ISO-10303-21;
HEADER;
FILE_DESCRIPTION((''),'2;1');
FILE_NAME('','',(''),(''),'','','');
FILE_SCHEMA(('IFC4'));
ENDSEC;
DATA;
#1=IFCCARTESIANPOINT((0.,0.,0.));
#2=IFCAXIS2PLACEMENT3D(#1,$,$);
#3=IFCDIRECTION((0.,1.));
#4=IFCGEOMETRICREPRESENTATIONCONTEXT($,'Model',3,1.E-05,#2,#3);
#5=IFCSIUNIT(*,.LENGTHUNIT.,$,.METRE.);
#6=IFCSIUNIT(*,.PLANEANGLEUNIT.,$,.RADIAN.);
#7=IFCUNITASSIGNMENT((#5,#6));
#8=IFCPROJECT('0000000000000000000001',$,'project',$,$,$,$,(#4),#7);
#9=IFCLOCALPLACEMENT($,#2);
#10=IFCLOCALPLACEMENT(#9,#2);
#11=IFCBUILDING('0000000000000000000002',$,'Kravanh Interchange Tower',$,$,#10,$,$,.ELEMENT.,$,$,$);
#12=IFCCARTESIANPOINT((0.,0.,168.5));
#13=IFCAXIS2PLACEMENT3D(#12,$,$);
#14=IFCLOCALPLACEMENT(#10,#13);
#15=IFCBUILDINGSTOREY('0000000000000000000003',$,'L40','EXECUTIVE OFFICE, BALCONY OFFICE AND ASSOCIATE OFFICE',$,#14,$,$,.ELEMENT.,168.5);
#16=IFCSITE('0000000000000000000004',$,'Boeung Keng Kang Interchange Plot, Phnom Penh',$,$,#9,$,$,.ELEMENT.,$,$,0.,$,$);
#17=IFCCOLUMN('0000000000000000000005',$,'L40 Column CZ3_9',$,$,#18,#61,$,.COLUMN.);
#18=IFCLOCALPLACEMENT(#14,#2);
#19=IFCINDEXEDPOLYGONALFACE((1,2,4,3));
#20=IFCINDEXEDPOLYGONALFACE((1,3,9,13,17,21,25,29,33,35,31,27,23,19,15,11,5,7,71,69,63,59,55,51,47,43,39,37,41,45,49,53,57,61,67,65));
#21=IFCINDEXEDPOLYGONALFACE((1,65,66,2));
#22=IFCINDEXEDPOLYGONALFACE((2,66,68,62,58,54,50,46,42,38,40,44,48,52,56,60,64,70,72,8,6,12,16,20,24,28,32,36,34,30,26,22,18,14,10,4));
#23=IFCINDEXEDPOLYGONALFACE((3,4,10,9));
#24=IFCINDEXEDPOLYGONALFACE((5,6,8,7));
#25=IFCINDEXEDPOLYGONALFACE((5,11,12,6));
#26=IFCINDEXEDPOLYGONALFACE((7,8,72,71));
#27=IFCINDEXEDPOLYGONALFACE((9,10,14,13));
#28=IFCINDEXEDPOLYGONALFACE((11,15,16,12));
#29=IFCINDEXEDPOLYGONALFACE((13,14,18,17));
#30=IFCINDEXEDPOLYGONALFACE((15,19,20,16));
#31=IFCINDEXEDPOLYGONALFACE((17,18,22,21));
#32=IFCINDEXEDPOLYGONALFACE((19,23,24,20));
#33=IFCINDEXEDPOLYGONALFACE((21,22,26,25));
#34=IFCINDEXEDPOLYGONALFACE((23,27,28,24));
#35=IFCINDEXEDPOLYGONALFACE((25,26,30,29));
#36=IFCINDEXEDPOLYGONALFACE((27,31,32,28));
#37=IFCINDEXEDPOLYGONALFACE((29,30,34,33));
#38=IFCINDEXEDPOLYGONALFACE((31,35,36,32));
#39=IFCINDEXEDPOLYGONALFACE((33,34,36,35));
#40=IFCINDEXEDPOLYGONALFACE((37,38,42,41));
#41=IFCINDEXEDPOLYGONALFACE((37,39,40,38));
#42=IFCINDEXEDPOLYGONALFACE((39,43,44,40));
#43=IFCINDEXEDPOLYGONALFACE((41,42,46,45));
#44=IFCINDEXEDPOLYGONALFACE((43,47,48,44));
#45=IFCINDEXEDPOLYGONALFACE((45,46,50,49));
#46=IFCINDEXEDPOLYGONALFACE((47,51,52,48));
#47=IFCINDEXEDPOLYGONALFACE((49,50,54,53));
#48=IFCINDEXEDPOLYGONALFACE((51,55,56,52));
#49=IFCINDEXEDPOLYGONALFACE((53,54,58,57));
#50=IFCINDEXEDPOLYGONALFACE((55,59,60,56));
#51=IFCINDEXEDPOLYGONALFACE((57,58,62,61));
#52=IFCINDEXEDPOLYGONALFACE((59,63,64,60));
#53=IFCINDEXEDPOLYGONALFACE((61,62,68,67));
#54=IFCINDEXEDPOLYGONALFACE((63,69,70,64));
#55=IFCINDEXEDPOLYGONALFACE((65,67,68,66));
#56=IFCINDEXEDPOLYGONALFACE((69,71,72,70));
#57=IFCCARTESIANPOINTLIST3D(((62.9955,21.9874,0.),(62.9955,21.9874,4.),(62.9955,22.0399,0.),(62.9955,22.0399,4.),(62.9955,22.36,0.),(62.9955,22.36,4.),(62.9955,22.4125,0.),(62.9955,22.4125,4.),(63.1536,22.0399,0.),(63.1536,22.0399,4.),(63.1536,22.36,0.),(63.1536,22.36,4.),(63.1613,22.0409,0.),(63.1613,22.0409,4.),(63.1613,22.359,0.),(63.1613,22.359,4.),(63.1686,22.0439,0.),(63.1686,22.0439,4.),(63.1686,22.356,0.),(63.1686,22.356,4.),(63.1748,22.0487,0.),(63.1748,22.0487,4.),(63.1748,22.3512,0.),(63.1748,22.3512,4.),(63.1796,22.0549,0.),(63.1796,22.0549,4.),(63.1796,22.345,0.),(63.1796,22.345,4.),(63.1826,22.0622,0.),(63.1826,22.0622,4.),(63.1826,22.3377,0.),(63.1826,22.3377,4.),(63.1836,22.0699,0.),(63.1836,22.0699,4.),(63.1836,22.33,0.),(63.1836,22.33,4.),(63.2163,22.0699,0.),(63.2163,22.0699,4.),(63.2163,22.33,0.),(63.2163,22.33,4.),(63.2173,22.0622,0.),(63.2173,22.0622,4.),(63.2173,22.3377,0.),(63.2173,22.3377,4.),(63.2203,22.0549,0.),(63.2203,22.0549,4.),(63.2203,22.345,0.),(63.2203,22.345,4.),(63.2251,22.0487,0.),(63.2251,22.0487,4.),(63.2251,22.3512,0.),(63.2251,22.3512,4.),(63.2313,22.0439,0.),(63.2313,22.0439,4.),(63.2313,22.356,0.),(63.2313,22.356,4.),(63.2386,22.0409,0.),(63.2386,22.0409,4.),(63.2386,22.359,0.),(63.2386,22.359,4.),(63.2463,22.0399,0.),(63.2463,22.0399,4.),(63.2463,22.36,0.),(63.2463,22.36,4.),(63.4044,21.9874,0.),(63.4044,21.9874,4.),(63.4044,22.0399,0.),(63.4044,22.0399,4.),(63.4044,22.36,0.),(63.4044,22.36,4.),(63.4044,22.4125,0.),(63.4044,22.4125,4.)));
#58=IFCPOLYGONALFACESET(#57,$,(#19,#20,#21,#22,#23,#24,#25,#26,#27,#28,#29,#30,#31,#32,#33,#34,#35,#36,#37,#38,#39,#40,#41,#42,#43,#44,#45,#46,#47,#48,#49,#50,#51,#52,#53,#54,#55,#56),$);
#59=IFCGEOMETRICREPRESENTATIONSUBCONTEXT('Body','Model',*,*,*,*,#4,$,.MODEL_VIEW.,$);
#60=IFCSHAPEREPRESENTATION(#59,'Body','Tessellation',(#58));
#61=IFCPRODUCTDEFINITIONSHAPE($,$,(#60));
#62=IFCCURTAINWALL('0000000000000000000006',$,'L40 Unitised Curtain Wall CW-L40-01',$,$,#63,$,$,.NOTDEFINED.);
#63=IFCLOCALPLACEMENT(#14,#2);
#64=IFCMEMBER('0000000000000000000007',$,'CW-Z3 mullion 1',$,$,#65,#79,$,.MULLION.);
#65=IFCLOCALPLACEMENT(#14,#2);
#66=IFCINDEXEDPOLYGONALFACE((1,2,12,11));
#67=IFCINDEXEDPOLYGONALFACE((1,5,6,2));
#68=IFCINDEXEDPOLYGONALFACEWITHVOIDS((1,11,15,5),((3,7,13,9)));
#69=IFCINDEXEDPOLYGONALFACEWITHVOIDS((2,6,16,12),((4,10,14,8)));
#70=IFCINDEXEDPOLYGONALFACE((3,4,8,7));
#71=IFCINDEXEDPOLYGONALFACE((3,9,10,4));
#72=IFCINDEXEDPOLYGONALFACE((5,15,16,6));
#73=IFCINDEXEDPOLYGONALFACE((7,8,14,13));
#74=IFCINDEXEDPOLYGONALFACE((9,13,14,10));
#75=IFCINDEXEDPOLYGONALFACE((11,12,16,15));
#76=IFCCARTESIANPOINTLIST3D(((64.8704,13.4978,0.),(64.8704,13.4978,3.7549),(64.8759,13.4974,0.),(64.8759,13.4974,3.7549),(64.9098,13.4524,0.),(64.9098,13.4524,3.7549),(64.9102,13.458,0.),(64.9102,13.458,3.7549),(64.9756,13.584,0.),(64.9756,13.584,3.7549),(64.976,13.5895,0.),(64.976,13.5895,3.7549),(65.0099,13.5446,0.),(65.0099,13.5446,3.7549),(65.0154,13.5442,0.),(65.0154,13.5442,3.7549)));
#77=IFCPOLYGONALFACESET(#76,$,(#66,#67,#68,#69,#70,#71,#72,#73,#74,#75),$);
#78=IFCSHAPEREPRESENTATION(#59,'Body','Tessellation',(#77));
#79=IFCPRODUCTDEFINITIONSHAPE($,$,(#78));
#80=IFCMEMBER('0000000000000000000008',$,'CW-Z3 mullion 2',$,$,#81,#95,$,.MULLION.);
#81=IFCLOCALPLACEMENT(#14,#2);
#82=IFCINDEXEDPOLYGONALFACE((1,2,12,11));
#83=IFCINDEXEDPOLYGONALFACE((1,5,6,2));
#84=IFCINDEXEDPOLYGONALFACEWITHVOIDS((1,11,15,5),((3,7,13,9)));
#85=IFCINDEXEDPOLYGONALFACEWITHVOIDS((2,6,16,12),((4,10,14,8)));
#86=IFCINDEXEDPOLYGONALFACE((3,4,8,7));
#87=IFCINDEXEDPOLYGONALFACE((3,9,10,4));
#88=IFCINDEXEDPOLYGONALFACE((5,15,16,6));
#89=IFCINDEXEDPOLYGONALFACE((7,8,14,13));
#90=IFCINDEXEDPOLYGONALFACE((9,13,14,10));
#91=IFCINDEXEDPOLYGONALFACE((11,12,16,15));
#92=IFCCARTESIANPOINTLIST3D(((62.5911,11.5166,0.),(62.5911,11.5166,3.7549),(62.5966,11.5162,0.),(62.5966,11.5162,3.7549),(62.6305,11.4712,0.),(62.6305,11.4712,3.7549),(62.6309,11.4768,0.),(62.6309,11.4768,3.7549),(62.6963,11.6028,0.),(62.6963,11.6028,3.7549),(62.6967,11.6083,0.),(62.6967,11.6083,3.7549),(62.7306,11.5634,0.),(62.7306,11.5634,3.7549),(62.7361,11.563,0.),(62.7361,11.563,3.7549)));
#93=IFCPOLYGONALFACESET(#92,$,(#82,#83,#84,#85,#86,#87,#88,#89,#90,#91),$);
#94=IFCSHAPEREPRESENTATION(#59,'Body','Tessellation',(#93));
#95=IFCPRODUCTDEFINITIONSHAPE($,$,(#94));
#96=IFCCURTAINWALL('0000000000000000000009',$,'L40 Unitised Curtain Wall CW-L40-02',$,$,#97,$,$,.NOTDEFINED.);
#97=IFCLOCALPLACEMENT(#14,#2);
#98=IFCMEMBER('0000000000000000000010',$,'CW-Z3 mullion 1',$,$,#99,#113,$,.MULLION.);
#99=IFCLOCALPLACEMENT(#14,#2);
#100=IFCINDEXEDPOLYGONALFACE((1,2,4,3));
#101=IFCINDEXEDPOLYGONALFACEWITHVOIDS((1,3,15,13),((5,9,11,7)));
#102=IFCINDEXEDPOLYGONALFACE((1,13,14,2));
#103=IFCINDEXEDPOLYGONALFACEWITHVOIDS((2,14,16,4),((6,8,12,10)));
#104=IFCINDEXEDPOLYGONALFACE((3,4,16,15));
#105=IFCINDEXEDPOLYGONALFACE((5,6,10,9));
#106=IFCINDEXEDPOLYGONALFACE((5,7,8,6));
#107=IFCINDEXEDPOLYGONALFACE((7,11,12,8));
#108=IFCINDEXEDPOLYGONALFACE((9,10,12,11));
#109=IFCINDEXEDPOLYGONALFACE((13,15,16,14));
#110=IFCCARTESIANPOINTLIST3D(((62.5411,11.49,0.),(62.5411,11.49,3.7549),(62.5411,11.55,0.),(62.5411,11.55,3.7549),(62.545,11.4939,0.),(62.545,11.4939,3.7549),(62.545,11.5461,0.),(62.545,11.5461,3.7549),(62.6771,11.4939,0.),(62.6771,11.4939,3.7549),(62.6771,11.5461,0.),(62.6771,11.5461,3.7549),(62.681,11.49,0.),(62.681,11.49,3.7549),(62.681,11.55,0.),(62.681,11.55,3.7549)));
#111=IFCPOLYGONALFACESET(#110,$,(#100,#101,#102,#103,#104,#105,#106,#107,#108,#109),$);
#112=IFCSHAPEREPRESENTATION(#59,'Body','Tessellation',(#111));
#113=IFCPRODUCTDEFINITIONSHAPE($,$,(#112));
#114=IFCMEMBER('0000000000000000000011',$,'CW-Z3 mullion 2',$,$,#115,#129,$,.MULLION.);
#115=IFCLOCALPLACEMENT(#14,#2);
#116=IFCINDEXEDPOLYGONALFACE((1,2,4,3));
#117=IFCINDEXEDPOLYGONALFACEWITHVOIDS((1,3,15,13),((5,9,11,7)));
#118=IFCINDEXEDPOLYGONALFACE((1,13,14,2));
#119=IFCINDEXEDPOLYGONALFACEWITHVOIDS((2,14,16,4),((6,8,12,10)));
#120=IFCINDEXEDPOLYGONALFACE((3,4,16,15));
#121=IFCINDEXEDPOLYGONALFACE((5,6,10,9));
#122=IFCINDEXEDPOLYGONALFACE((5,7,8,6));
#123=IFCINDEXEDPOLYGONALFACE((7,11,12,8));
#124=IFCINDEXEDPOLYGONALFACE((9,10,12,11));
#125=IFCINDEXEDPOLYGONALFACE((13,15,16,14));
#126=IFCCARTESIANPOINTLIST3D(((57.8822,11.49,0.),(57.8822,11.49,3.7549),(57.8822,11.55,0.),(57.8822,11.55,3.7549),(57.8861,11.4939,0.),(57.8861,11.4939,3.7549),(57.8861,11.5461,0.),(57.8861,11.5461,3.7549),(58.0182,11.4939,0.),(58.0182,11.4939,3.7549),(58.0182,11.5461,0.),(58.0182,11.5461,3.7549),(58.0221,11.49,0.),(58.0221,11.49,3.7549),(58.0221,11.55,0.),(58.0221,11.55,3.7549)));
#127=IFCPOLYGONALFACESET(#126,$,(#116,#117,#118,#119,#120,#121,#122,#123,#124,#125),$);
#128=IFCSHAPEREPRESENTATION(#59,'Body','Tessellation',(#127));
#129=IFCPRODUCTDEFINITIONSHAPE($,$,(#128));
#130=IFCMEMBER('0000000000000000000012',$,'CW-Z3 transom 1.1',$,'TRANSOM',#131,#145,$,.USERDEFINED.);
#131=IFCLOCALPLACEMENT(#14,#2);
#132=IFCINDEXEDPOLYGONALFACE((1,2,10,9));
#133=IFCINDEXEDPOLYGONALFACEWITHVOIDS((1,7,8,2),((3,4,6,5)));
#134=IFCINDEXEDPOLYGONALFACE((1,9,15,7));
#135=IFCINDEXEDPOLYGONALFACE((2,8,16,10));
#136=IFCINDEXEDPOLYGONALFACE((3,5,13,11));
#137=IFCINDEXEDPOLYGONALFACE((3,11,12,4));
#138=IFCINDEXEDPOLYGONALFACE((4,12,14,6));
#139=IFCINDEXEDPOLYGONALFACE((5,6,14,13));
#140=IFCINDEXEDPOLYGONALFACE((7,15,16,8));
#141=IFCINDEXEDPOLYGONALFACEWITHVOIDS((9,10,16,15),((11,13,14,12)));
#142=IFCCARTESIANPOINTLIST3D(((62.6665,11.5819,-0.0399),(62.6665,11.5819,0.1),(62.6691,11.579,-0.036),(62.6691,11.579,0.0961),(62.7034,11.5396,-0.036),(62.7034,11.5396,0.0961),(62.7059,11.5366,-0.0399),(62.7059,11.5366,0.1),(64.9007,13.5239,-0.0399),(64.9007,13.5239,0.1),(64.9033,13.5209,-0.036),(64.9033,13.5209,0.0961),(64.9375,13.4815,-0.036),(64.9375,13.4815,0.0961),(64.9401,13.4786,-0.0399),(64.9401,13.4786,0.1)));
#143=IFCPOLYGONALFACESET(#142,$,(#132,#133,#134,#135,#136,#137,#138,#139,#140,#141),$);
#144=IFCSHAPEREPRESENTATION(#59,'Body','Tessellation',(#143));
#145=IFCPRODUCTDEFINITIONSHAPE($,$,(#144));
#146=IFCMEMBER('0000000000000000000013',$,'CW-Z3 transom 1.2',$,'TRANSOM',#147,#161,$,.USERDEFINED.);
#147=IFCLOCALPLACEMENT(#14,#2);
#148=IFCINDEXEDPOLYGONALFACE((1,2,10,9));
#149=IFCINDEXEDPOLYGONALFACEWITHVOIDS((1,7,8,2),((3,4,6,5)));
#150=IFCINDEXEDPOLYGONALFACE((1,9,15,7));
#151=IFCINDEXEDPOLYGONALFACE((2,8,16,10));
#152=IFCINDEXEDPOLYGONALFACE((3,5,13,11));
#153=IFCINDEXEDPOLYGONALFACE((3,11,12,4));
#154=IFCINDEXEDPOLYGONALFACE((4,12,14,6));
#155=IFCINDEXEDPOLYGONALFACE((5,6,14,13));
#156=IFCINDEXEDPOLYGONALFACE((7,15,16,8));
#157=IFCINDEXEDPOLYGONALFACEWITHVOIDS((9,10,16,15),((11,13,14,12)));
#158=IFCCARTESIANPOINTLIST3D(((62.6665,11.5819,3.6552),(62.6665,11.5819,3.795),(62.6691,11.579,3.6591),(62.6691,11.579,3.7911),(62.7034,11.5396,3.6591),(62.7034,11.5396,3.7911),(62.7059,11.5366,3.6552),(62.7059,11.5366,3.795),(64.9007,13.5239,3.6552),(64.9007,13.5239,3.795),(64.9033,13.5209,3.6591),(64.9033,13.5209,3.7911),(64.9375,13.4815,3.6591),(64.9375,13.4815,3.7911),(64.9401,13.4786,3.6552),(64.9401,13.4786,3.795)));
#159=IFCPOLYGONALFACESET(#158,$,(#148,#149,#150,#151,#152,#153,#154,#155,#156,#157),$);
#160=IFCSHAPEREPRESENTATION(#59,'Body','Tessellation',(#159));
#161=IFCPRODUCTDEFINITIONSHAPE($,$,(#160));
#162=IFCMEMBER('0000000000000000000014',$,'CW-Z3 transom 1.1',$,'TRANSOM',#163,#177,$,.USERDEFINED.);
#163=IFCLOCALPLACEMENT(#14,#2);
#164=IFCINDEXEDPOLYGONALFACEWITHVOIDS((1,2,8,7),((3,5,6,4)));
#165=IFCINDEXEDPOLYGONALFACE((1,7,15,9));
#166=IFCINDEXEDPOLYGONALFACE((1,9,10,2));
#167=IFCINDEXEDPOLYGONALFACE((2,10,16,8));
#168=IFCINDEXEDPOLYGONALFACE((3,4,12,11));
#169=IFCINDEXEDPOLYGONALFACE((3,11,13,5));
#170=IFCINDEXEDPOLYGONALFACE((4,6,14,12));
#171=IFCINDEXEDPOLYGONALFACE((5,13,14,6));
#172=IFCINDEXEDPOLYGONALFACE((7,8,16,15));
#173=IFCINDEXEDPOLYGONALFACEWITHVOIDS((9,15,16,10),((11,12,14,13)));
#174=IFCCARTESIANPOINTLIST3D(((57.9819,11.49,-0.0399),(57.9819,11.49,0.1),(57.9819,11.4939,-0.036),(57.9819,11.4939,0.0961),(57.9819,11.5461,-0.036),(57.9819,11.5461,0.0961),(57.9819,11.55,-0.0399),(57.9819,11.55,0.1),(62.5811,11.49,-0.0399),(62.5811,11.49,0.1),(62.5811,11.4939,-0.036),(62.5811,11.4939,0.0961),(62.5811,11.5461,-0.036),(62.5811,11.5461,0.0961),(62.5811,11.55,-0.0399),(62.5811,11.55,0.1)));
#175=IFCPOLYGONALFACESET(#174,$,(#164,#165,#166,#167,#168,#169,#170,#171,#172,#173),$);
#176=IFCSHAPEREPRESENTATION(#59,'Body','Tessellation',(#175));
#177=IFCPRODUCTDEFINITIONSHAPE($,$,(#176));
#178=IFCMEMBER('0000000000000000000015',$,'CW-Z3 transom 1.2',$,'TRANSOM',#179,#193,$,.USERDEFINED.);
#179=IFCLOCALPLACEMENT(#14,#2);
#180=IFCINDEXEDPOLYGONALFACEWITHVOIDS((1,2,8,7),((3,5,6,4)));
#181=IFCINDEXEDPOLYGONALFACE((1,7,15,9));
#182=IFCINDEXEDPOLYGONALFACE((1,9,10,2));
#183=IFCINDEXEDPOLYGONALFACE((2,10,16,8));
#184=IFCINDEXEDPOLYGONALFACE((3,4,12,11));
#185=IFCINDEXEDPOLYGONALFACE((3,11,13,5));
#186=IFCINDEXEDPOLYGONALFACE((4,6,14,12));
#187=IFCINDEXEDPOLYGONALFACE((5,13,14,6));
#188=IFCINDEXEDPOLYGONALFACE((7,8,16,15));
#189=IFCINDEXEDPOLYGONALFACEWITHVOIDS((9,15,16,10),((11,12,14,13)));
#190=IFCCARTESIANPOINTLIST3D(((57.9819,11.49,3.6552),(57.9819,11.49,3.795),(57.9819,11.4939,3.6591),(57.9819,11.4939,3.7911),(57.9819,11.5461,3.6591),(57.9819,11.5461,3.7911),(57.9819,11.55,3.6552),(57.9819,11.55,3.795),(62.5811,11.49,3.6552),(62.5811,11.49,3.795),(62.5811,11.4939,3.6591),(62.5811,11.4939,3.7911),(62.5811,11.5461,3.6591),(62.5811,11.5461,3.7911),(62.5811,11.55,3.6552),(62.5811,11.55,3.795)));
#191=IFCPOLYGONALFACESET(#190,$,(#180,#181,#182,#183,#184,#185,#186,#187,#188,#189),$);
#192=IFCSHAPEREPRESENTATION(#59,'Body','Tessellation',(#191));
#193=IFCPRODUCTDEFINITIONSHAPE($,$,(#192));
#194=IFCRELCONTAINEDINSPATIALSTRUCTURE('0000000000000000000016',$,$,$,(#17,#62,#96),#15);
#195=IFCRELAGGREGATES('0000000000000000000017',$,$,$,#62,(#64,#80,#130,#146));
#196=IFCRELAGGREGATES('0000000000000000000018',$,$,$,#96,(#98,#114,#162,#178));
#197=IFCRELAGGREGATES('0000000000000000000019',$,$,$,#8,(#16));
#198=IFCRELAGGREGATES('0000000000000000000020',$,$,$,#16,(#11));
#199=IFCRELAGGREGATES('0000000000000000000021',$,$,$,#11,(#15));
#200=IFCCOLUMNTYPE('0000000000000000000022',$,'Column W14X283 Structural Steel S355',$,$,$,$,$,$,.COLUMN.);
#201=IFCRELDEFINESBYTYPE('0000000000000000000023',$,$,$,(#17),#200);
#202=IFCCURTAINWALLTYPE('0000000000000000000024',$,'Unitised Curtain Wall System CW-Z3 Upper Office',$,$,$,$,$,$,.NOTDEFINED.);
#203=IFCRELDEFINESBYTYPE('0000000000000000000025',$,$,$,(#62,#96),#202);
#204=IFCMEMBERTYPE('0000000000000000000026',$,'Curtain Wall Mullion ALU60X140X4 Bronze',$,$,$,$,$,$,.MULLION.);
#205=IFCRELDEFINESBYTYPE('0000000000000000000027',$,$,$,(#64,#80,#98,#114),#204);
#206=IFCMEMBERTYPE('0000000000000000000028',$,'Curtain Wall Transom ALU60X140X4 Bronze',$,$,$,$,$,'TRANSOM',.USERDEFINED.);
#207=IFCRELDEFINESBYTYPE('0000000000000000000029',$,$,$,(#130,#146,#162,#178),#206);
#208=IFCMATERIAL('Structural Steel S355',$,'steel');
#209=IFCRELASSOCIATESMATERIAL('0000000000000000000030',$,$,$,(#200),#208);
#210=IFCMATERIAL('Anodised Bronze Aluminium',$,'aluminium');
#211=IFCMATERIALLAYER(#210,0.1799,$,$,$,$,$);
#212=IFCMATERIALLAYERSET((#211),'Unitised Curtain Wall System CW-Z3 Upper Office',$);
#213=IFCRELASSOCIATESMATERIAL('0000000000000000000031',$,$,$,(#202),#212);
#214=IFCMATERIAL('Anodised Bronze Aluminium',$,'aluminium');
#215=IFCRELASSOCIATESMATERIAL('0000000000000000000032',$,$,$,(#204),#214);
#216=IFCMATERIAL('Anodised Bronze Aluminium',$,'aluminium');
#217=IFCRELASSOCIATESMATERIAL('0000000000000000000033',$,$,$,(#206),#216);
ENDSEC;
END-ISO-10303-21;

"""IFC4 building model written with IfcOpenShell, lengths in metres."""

from ifc_helpers import new_model, si_unit, direction, frame, origin, origin_2d, place, context, subcontext, project, spatial, hollow_rectangle, i_section, extrude, material, layer, layer_set, material_profile, profile_set, type_object, element, aggregate, save


model = new_model("IFC4")

# Units and contexts
model_context = context("Model", 3, precision=1e-05, world=origin(), true_north=direction((0.0, 1.0)))
body_context = subcontext(model_context, "Body", "Model", "MODEL_VIEW")
ifc_project = project(units=[si_unit("LENGTHUNIT", "METRE"), si_unit("PLANEANGLEUNIT", "RADIAN")], contexts=[model_context])

# Site, building, storey
site_placement = place(None, origin())
site = spatial("IfcSite", under=ifc_project, at=site_placement, Name="Boeung Keng Kang Interchange Plot, Phnom Penh", CompositionType="ELEMENT", RefElevation=0.0)
building_placement = place(site_placement, origin())
building = spatial("IfcBuilding", under=site, at=building_placement, Name="Kravanh Interchange Tower", CompositionType="ELEMENT")
storey_placement = place(building_placement, frame((0.0, 0.0, 168.5)))
storey = spatial("IfcBuildingStorey", under=building, at=storey_placement, Name="L40", Description="EXECUTIVE OFFICE, BALCONY OFFICE AND ASSOCIATE OFFICE", CompositionType="ELEMENT", Elevation=168.5)

# Column
ifc_material_1 = material(Name="Structural Steel S355", Category="steel")
ifc_material_profile_1 = material_profile(ifc_material_1, i_section(OverallWidth=0.4089, OverallDepth=0.425, WebThickness=0.0327, FlangeThickness=0.0525, FilletRadius=0.03, at=origin_2d()), Name="W14X283")
ifc_profile_set_1 = profile_set([ifc_material_profile_1], Name="Structural Steel S355")
column_type = type_object("IfcColumnType", Name="Column W14X283 Structural Steel S355", PredefinedType="COLUMN", material=ifc_profile_set_1)
for number, where, z_axis, x_axis, name in (
    (1, (63.2, 22.2, 0.0), (0.0, 0.0, 1.0), (1.0, 0.0, 0.0), "L40 Column CZ3_9"),
):
    element("IfcColumn", number, at=place(storey_placement, frame(where, z_axis=z_axis, x_axis=x_axis)), inside=storey, type_object=column_type, Name=name, PredefinedType="COLUMN", context=body_context, shape_type="SweptSolid", body=[
        extrude(i_section(OverallWidth=0.4089, OverallDepth=0.425, WebThickness=0.0327, FlangeThickness=0.0525, FilletRadius=0.03, at=origin_2d()), origin(), (0.0, 0.0, 1.0), 4.0),
    ])

# Curtain walls, members
ifc_material_2 = material(Name="Anodised Bronze Aluminium", Category="aluminium")
ifc_layer_1 = layer(ifc_material_2, 0.1799)
ifc_layer_set_1 = layer_set([ifc_layer_1], Name="Unitised Curtain Wall System CW-Z3 Upper Office")
curtain_wall_type = type_object("IfcCurtainWallType", Name="Unitised Curtain Wall System CW-Z3 Upper Office", PredefinedType="NOTDEFINED", material=ifc_layer_set_1)
curtain_wall_1_placement = place(storey_placement, origin())
curtain_wall_1 = element("IfcCurtainWall", 2, at=curtain_wall_1_placement, inside=storey, type_object=curtain_wall_type, Name="L40 Unitised Curtain Wall CW-L40-01", PredefinedType="NOTDEFINED")
ifc_material_3 = material(Name="Anodised Bronze Aluminium", Category="aluminium")
ifc_material_profile_2 = material_profile(ifc_material_3, hollow_rectangle(XDim=0.0601, YDim=0.1399, WallThickness=0.0039, at=origin_2d()), Name="ALU60X140X4")
ifc_profile_set_2 = profile_set([ifc_material_profile_2], Name="Anodised Bronze Aluminium")
member_type_1 = type_object("IfcMemberType", Name="Curtain Wall Mullion ALU60X140X4 Bronze", PredefinedType="MULLION", material=ifc_profile_set_2)
member_1_placement = place(storey_placement, frame((64.9429, 13.521, 0.0), z_axis=(0.0, 0.0, 1.0), x_axis=(0.656051, -0.754717, 0.0)))
member_1 = element("IfcMember", 3, at=member_1_placement, type_object=member_type_1, Name="CW-Z3 mullion 1", PredefinedType="MULLION", context=body_context, shape_type="SweptSolid", body=[
    extrude(hollow_rectangle(XDim=0.0601, YDim=0.1399, WallThickness=0.0039, at=origin_2d()), origin(), (0.0, 0.0, 1.0), 3.7549),
])
member_2_placement = place(storey_placement, frame((62.6636, 11.5398, 0.0), z_axis=(0.0, 0.0, 1.0), x_axis=(0.656051, -0.754717, 0.0)))
member_2 = element("IfcMember", 4, at=member_2_placement, type_object=member_type_1, Name="CW-Z3 mullion 2", PredefinedType="MULLION", context=body_context, shape_type="SweptSolid", body=[
    extrude(hollow_rectangle(XDim=0.0601, YDim=0.1399, WallThickness=0.0039, at=origin_2d()), origin(), (0.0, 0.0, 1.0), 3.7549),
])
curtain_wall_2_placement = place(storey_placement, origin())
curtain_wall_2 = element("IfcCurtainWall", 5, at=curtain_wall_2_placement, inside=storey, type_object=curtain_wall_type, Name="L40 Unitised Curtain Wall CW-L40-02", PredefinedType="NOTDEFINED")
member_3_placement = place(storey_placement, frame((62.6111, 11.52, 0.0), z_axis=(0.0, 0.0, 1.0), x_axis=(0.0, -1.0, 0.0)))
member_3 = element("IfcMember", 6, at=member_3_placement, type_object=member_type_1, Name="CW-Z3 mullion 1", PredefinedType="MULLION", context=body_context, shape_type="SweptSolid", body=[
    extrude(hollow_rectangle(XDim=0.0601, YDim=0.1399, WallThickness=0.0039, at=origin_2d()), origin(), (0.0, 0.0, 1.0), 3.7549),
])
member_4_placement = place(storey_placement, frame((57.9521, 11.52, 0.0), z_axis=(0.0, 0.0, 1.0), x_axis=(0.0, -1.0, 0.0)))
member_4 = element("IfcMember", 7, at=member_4_placement, type_object=member_type_1, Name="CW-Z3 mullion 2", PredefinedType="MULLION", context=body_context, shape_type="SweptSolid", body=[
    extrude(hollow_rectangle(XDim=0.0601, YDim=0.1399, WallThickness=0.0039, at=origin_2d()), origin(), (0.0, 0.0, 1.0), 3.7549),
])

# Members
ifc_material_4 = material(Name="Anodised Bronze Aluminium", Category="aluminium")
ifc_material_profile_3 = material_profile(ifc_material_4, hollow_rectangle(XDim=0.0601, YDim=0.1399, WallThickness=0.0039, at=origin_2d()), Name="ALU60X140X4")
ifc_profile_set_3 = profile_set([ifc_material_profile_3], Name="Anodised Bronze Aluminium")
member_type_2 = type_object("IfcMemberType", Name="Curtain Wall Transom ALU60X140X4 Bronze", ElementType="TRANSOM", PredefinedType="USERDEFINED", material=ifc_profile_set_3)
member_5_placement = place(storey_placement, frame((64.9204, 13.5012, 0.03), z_axis=(-0.754744, -0.656019, 0.0), x_axis=(0.656019, -0.754744, 0.0)))
member_5 = element("IfcMember", 8, at=member_5_placement, type_object=member_type_2, Name="CW-Z3 transom 1.1", ObjectType="TRANSOM", PredefinedType="USERDEFINED", context=body_context, shape_type="SweptSolid", body=[
    extrude(hollow_rectangle(XDim=0.0601, YDim=0.1399, WallThickness=0.0039, at=origin_2d()), origin(), (0.0, 0.0, 1.0), 2.9602),
])
member_6_placement = place(storey_placement, frame((64.9204, 13.5012, 3.7251), z_axis=(-0.754744, -0.656019, 0.0), x_axis=(0.656019, -0.754744, 0.0)))
member_6 = element("IfcMember", 9, at=member_6_placement, type_object=member_type_2, Name="CW-Z3 transom 1.2", ObjectType="TRANSOM", PredefinedType="USERDEFINED", context=body_context, shape_type="SweptSolid", body=[
    extrude(hollow_rectangle(XDim=0.0601, YDim=0.1399, WallThickness=0.0039, at=origin_2d()), origin(), (0.0, 0.0, 1.0), 2.9602),
])
member_7_placement = place(storey_placement, frame((62.5811, 11.52, 0.03), z_axis=(-1.0, 0.0, 0.0), x_axis=(0.0, -1.0, 0.0)))
member_7 = element("IfcMember", 10, at=member_7_placement, type_object=member_type_2, Name="CW-Z3 transom 1.1", ObjectType="TRANSOM", PredefinedType="USERDEFINED", context=body_context, shape_type="SweptSolid", body=[
    extrude(hollow_rectangle(XDim=0.0601, YDim=0.1399, WallThickness=0.0039, at=origin_2d()), origin(), (0.0, 0.0, 1.0), 4.5991),
])
member_8_placement = place(storey_placement, frame((62.5811, 11.52, 3.7251), z_axis=(-1.0, 0.0, 0.0), x_axis=(0.0, -1.0, 0.0)))
member_8 = element("IfcMember", 11, at=member_8_placement, type_object=member_type_2, Name="CW-Z3 transom 1.2", ObjectType="TRANSOM", PredefinedType="USERDEFINED", context=body_context, shape_type="SweptSolid", body=[
    extrude(hollow_rectangle(XDim=0.0601, YDim=0.1399, WallThickness=0.0039, at=origin_2d()), origin(), (0.0, 0.0, 1.0), 4.5991),
])

aggregate(curtain_wall_1, [member_1, member_2, member_5, member_6])
aggregate(curtain_wall_2, [member_3, member_4, member_7, member_8])

save(model, "model.ifc")
